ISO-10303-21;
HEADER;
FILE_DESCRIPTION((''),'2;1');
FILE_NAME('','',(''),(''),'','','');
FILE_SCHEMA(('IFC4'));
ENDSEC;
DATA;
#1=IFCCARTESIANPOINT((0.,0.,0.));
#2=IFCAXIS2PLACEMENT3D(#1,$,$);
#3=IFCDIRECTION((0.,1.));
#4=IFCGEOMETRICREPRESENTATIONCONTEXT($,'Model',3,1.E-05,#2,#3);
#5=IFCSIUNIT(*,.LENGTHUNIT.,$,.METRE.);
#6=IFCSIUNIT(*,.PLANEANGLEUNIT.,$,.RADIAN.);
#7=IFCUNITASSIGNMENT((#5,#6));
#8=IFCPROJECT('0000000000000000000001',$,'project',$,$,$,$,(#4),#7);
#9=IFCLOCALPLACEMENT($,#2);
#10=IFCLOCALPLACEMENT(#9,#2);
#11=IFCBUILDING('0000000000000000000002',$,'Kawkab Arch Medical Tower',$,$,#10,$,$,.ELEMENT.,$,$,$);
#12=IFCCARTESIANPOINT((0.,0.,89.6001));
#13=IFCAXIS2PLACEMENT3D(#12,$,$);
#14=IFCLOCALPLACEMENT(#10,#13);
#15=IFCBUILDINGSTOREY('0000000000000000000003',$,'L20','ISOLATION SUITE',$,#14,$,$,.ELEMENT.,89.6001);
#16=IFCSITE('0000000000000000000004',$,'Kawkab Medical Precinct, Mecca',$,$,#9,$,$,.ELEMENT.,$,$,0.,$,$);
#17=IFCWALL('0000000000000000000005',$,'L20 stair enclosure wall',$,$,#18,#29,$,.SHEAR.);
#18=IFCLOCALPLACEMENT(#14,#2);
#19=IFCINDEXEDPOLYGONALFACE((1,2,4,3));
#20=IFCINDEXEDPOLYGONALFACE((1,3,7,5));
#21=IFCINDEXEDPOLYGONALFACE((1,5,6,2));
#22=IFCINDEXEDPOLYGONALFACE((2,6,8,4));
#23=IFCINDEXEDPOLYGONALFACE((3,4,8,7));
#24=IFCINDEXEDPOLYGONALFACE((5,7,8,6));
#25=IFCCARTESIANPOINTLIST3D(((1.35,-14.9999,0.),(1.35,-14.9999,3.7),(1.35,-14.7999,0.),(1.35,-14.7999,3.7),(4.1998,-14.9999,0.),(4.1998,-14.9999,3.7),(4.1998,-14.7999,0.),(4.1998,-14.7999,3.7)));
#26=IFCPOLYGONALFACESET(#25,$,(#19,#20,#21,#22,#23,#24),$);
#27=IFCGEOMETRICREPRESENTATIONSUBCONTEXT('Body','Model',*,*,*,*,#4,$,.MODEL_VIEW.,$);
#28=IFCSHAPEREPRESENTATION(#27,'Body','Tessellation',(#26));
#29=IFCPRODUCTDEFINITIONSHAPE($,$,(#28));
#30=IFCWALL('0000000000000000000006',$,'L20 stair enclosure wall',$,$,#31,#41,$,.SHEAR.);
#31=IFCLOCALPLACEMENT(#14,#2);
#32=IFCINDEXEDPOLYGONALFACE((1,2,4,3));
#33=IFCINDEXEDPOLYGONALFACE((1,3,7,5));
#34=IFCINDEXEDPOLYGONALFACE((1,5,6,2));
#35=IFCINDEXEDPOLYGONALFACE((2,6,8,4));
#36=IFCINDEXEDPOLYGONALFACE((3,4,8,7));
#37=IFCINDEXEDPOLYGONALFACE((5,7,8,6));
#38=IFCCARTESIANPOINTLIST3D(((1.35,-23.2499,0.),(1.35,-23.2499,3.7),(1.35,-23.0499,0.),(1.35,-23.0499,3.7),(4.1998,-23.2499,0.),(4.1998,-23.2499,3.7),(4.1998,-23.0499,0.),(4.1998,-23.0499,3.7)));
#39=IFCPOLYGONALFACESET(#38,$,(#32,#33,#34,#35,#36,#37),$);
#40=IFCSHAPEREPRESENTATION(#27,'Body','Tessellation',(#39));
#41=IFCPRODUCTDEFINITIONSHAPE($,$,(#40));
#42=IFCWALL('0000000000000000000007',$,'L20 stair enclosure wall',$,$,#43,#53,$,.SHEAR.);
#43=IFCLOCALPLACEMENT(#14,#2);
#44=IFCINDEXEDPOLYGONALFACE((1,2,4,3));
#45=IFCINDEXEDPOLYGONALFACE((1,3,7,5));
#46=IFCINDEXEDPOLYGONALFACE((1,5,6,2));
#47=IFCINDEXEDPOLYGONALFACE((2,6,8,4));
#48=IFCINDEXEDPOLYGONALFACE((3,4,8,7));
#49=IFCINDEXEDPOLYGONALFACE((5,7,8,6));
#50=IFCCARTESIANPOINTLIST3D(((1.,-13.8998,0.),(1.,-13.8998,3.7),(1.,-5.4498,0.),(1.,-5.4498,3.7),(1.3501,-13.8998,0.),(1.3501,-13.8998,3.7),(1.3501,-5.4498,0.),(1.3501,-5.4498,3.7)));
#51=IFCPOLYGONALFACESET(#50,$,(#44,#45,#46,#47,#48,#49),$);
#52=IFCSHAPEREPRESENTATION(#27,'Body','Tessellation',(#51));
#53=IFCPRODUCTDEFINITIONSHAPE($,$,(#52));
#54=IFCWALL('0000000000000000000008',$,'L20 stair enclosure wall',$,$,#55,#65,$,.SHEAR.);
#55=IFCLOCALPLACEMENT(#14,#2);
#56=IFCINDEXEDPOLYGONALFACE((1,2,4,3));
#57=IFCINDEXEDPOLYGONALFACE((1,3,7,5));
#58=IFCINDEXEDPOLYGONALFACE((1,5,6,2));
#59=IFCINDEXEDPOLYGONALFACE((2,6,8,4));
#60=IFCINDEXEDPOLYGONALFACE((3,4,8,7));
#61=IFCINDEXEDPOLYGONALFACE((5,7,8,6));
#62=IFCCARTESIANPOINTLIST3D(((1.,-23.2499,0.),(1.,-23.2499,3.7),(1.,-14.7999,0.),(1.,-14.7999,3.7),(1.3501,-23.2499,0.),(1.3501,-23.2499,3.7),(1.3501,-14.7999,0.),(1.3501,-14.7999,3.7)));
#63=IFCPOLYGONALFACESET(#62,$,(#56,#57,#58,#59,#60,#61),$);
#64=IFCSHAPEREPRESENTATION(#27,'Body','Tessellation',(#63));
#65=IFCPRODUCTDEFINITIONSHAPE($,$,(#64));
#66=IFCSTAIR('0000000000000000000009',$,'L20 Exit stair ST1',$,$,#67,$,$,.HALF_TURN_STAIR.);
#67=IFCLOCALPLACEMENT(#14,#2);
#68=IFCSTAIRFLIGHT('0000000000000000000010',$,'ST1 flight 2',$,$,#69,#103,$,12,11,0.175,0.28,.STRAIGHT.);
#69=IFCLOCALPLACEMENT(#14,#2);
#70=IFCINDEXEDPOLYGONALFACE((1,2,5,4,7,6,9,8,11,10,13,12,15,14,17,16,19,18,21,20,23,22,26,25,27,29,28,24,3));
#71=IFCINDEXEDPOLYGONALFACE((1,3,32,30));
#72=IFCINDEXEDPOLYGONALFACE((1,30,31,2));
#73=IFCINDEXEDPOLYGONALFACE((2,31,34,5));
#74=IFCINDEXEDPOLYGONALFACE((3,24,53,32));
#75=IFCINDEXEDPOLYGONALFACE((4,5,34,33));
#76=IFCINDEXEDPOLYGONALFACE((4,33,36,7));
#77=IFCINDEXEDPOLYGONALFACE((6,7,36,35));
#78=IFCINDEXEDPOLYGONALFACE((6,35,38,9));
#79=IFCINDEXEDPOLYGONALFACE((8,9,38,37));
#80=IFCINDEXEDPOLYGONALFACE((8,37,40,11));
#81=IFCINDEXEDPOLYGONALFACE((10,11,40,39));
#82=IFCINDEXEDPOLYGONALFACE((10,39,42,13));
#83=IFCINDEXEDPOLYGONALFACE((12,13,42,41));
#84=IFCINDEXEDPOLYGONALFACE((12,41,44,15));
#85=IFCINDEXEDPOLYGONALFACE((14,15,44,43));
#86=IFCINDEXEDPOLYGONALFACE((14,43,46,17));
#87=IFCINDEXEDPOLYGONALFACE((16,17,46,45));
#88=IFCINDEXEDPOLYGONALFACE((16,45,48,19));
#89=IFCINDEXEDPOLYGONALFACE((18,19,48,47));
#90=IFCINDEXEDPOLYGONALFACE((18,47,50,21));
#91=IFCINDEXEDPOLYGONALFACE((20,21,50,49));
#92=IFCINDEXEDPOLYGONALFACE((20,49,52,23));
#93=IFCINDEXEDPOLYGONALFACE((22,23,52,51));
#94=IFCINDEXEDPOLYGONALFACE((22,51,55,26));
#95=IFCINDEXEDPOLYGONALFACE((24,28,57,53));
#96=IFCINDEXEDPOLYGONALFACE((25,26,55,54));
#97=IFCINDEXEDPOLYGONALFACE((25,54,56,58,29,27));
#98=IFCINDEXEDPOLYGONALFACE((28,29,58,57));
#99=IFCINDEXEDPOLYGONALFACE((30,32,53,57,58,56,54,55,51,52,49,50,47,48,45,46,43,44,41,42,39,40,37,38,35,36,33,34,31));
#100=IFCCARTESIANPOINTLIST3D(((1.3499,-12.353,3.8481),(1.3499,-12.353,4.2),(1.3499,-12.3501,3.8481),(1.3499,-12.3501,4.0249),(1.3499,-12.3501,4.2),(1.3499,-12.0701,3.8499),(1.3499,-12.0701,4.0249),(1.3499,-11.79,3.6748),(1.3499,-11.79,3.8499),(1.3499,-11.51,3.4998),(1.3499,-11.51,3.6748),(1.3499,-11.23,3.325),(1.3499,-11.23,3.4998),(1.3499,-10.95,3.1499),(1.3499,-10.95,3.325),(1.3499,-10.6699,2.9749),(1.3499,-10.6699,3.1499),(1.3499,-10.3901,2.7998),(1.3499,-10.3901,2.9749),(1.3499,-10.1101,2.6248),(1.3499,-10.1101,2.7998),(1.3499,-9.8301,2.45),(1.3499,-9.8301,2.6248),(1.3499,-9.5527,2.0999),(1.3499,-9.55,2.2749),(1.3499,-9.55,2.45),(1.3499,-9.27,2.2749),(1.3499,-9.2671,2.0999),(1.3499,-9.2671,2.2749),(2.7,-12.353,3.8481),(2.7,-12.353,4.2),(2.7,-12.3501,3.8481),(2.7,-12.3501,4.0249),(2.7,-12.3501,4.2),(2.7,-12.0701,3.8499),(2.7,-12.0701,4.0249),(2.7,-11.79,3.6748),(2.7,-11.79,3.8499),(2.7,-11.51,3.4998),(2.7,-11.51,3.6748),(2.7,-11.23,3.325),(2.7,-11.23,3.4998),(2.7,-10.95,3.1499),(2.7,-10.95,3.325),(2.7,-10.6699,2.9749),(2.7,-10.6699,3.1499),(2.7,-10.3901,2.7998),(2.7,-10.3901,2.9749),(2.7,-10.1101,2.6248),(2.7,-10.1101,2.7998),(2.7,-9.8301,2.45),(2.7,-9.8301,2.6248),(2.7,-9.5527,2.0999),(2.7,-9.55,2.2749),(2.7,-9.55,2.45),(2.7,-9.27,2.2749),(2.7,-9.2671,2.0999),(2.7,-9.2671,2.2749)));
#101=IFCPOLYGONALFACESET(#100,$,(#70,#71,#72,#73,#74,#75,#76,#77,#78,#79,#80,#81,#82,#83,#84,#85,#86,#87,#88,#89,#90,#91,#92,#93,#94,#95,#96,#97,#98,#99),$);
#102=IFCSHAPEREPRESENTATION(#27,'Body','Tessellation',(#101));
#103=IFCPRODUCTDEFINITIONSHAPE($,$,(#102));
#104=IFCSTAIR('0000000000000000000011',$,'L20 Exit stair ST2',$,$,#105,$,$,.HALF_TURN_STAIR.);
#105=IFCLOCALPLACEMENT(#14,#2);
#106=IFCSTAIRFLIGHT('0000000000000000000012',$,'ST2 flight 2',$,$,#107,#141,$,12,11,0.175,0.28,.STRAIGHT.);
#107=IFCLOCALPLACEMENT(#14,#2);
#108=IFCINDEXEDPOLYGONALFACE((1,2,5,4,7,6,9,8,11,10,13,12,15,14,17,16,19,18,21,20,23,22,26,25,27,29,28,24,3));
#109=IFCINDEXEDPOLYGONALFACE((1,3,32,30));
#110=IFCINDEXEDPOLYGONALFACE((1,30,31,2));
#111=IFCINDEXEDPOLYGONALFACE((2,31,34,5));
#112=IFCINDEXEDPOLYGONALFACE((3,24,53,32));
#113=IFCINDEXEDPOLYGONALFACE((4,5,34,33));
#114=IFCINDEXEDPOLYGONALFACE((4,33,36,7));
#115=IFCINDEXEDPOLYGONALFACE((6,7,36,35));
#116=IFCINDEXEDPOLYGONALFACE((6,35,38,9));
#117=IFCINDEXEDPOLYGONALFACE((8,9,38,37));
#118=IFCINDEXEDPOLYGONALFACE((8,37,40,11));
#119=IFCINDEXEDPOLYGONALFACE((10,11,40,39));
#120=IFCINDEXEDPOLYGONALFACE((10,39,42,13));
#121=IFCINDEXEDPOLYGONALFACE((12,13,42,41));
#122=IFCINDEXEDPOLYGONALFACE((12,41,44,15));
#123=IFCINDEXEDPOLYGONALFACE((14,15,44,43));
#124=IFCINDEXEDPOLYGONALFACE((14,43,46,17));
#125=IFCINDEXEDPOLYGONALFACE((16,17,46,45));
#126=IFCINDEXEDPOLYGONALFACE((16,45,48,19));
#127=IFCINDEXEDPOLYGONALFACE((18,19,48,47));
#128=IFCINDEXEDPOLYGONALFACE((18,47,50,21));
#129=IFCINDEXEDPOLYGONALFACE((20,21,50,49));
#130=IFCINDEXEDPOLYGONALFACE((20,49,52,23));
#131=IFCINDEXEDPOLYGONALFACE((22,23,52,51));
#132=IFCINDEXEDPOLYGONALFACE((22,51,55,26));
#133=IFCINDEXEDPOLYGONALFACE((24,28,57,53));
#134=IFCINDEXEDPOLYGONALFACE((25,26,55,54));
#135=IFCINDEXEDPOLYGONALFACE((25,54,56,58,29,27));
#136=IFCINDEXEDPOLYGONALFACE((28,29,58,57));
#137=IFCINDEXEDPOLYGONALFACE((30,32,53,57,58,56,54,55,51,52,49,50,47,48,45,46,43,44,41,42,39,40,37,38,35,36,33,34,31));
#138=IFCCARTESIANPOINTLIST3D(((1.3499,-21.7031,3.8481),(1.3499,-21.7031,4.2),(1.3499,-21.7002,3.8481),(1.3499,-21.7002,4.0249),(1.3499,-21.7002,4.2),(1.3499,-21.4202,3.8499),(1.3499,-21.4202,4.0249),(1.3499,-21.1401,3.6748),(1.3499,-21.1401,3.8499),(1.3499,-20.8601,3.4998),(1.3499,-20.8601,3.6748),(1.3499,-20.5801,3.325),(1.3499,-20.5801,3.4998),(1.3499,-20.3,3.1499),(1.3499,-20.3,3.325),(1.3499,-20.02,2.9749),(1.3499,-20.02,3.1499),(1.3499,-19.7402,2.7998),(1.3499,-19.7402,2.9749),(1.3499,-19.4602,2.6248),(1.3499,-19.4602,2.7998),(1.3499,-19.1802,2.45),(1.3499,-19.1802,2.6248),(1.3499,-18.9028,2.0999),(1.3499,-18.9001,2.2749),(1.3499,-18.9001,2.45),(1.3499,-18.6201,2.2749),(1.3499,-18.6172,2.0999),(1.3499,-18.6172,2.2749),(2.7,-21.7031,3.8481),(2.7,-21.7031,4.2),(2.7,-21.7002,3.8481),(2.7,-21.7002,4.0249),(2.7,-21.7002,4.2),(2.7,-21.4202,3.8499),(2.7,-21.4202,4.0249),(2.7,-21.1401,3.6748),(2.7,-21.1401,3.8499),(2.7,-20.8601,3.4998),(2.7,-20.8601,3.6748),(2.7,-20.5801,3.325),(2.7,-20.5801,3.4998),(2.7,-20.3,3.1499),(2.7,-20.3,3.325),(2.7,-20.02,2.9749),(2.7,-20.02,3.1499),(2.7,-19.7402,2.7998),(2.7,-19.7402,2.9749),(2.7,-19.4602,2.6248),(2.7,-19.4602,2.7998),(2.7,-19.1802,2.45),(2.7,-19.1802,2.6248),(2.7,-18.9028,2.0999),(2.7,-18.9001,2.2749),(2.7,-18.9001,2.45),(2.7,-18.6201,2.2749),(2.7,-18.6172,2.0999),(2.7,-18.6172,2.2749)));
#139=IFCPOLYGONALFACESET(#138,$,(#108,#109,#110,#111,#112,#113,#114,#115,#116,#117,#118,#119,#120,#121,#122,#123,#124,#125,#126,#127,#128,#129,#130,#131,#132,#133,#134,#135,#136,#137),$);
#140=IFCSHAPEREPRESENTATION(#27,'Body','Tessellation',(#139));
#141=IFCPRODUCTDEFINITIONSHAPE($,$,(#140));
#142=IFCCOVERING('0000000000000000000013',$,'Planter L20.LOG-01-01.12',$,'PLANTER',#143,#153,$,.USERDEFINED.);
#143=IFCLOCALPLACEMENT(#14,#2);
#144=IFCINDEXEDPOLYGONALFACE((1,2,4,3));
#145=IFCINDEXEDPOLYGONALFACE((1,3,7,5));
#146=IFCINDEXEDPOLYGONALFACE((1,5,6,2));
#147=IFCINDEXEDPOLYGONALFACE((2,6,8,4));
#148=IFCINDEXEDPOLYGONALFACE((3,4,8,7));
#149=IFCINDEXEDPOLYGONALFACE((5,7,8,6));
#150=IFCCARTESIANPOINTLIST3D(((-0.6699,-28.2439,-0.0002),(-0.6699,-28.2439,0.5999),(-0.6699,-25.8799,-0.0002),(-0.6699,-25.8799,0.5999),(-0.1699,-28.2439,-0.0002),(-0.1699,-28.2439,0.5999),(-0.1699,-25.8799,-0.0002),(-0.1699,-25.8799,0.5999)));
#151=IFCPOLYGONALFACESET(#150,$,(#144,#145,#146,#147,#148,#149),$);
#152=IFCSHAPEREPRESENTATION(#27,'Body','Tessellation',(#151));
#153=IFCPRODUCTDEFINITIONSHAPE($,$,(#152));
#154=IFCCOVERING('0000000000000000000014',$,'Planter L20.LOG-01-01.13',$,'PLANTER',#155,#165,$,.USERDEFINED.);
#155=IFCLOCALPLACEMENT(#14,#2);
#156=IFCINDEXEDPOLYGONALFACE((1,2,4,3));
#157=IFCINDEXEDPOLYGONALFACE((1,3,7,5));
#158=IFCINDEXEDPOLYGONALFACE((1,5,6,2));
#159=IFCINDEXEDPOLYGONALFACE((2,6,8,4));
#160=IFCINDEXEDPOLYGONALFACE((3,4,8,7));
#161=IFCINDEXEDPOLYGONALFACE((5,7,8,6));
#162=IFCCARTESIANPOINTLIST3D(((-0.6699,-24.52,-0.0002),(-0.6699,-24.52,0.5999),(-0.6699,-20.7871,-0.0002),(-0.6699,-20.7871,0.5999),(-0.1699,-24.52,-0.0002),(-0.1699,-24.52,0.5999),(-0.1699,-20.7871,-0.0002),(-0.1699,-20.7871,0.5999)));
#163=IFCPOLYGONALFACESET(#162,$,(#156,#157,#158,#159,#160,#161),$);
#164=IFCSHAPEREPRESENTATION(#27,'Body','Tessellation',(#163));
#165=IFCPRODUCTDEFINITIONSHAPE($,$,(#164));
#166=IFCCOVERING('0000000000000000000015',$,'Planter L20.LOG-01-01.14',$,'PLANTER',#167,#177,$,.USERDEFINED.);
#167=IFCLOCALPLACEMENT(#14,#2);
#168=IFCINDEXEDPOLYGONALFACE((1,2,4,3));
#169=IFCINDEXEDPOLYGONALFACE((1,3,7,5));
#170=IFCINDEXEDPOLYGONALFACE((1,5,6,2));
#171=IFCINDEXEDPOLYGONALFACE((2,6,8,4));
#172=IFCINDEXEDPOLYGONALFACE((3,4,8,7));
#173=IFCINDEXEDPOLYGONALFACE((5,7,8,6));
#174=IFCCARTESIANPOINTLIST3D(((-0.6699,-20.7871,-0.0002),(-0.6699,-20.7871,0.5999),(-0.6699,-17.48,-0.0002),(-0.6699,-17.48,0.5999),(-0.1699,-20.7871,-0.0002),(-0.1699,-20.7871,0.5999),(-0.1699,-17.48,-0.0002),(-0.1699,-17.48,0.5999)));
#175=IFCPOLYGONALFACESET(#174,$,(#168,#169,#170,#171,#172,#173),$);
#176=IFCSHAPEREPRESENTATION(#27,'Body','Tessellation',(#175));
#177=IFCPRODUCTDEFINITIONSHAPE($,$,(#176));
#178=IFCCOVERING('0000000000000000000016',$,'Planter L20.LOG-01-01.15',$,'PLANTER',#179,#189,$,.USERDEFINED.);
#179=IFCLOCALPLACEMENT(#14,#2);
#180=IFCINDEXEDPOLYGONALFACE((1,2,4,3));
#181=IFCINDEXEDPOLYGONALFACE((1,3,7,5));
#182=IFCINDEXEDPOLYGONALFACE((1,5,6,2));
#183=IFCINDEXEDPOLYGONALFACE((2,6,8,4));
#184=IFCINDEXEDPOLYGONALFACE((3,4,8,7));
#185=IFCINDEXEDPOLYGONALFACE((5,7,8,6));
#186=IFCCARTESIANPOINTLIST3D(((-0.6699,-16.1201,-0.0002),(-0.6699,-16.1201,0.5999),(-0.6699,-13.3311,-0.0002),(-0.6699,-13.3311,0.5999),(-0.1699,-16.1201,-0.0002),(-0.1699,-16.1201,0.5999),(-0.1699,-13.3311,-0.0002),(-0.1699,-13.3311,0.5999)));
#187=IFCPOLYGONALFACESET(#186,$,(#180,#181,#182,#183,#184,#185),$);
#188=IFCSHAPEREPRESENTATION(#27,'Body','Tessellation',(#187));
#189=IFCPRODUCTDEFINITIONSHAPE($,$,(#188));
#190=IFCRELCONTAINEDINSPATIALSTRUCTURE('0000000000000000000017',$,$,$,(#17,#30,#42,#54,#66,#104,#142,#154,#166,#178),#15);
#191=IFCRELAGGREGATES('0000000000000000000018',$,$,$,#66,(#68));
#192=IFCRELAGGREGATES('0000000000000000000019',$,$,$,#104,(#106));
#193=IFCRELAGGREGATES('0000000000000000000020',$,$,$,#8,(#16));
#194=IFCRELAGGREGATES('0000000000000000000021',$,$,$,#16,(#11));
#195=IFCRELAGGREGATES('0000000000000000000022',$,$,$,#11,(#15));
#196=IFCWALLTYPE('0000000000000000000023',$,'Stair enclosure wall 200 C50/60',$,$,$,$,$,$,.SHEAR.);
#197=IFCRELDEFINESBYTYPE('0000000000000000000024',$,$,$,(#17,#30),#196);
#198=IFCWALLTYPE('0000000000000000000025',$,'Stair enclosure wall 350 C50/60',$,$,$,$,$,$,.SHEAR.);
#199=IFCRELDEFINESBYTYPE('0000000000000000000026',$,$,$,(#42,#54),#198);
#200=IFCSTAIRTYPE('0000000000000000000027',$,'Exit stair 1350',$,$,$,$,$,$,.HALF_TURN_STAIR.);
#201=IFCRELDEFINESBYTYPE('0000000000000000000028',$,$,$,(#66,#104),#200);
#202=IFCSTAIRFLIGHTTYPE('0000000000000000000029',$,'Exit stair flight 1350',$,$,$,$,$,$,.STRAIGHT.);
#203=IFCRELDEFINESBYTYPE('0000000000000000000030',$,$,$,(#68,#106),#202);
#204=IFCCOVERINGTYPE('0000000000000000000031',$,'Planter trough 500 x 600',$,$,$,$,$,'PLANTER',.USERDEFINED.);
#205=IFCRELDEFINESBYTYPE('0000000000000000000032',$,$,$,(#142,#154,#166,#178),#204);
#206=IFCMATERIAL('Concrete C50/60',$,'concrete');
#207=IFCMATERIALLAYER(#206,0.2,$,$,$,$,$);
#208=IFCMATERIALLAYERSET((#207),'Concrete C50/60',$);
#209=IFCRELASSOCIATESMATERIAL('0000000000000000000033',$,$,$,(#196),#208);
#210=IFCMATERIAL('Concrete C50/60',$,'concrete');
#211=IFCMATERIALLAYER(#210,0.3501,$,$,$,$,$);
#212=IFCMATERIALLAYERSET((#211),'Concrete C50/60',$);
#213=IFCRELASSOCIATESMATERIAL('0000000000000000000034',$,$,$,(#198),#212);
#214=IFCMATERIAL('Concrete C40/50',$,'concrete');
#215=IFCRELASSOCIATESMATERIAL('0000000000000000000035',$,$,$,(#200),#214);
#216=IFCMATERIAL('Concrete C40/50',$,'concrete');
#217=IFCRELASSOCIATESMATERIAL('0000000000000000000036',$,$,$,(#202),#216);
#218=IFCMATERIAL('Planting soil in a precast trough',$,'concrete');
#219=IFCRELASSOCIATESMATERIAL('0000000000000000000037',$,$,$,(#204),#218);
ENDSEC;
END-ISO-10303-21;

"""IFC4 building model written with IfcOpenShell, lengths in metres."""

from ifc_helpers import new_model, si_unit, direction, frame, frame_2d, origin, origin_2d, place, context, subcontext, project, spatial, polyline, rectangle, outline, extrude, material, layer, layer_set, material_profile, profile_set, type_object, element, aggregate, save


model = new_model("IFC4")

# Units and contexts
model_context = context("Model", 3, precision=1e-05, world=origin(), true_north=direction((0.0, 1.0)))
body_context = subcontext(model_context, "Body", "Model", "MODEL_VIEW")
ifc_project = project(units=[si_unit("LENGTHUNIT", "METRE"), si_unit("PLANEANGLEUNIT", "RADIAN")], contexts=[model_context])

# Site, building, storey
site_placement = place(None, origin())
site = spatial("IfcSite", under=ifc_project, at=site_placement, Name="Kawkab Medical Precinct, Mecca", CompositionType="ELEMENT", RefElevation=0.0)
building_placement = place(site_placement, origin())
building = spatial("IfcBuilding", under=site, at=building_placement, Name="Kawkab Arch Medical Tower", CompositionType="ELEMENT")
storey_placement = place(building_placement, frame((0.0, 0.0, 89.6001)))
storey = spatial("IfcBuildingStorey", under=building, at=storey_placement, Name="L20", Description="ISOLATION SUITE", CompositionType="ELEMENT", Elevation=89.6001)

# Shared definitions
placement = place(storey_placement, origin())

# Walls
ifc_material_1 = material(Name="Concrete C50/60", Category="concrete")
ifc_layer_1 = layer(ifc_material_1, 0.2)
ifc_layer_set_1 = layer_set([ifc_layer_1], Name="Concrete C50/60")
wall_type_1 = type_object("IfcWallType", Name="Stair enclosure wall 200 C50/60", PredefinedType="SHEAR", material=ifc_layer_set_1)
for number, where, z_axis, x_axis, name in (
    (1, (1.3501, -14.8999, 0.0), (0.0, 0.0, 1.0), (1.0, 0.0, 0.0), "L20 stair enclosure wall"),
    (2, (1.3501, -23.1499, 0.0), (0.0, 0.0, 1.0), (1.0, 0.0, 0.0), "L20 stair enclosure wall"),
):
    element("IfcWall", number, at=place(storey_placement, frame(where, z_axis=z_axis, x_axis=x_axis)), inside=storey, type_object=wall_type_1, Name=name, PredefinedType="SHEAR", context=body_context, shape_type="SweptSolid", body=[
        extrude(rectangle(XDim=2.8499, YDim=0.2, at=frame_2d((1.4248, 0.0))), origin(), (0.0, 0.0, 1.0), 3.7),
    ])
ifc_material_2 = material(Name="Concrete C50/60", Category="concrete")
ifc_layer_2 = layer(ifc_material_2, 0.3501)
ifc_layer_set_2 = layer_set([ifc_layer_2], Name="Concrete C50/60")
wall_type_2 = type_object("IfcWallType", Name="Stair enclosure wall 350 C50/60", PredefinedType="SHEAR", material=ifc_layer_set_2)
for number, where, z_axis, x_axis, name in (
    (3, (1.175, -13.8999, 0.0), (0.0, 0.0, 1.0), (0.0, 1.0, 0.0), "L20 stair enclosure wall"),
    (4, (1.175, -23.25, 0.0), (0.0, 0.0, 1.0), (0.0, 1.0, 0.0), "L20 stair enclosure wall"),
):
    element("IfcWall", number, at=place(storey_placement, frame(where, z_axis=z_axis, x_axis=x_axis)), inside=storey, type_object=wall_type_2, Name=name, PredefinedType="SHEAR", context=body_context, shape_type="SweptSolid", body=[
        extrude(rectangle(XDim=8.45, YDim=0.3501, at=frame_2d((4.2251, 0.0))), origin(), (0.0, 0.0, 1.0), 3.7),
    ])

# Stairs, stair flights
ifc_material_3 = material(Name="Concrete C40/50", Category="concrete")
stair_type = type_object("IfcStairType", Name="Exit stair 1350", PredefinedType="HALF_TURN_STAIR", material=ifc_material_3)
stair_1 = element("IfcStair", 5, at=placement, inside=storey, type_object=stair_type, Name="L20 Exit stair ST1", PredefinedType="HALF_TURN_STAIR")
ifc_material_4 = material(Name="Concrete C40/50", Category="concrete")
stair_flight_type = type_object("IfcStairFlightType", Name="Exit stair flight 1350", PredefinedType="STRAIGHT", material=ifc_material_4)
stair_flight_1_placement = place(storey_placement, frame((2.0249, -9.27, 2.0999), z_axis=(0.0, 0.0, 1.0), x_axis=(0.0, -1.0, 0.0)))
stair_flight_1 = element("IfcStairFlight", 6, at=stair_flight_1_placement, type_object=stair_flight_type, Name="ST1 flight 2", NumberOfRisers=12, NumberOfTreads=11, PredefinedType="STRAIGHT", RiserHeight=0.175, TreadLength=0.28, context=body_context, shape_type="SweptSolid", body=[
    extrude(outline(polyline([(-0.0029, 0.0), (-0.0029, 0.175), (0.0, 0.175), (0.28, 0.175), (0.28, 0.3501), (0.5601, 0.3501), (0.5601, 0.5249), (0.8401, 0.5249), (0.8401, 0.7), (1.1201, 0.7), (1.1201, 0.875), (1.3999, 0.875), (1.3999, 1.05), (1.6799, 1.05), (1.6799, 1.2251), (1.96, 1.2251), (1.96, 1.3999), (2.24, 1.3999), (2.24, 1.575), (2.52, 1.575), (2.52, 1.75), (2.8, 1.75), (2.8, 1.925), (3.0801, 1.925), (3.0801, 2.1001), (3.083, 2.1001), (3.083, 1.7483), (3.0801, 1.7483), (0.2827, 0.0), (-0.0029, 0.0)])), frame((0.0, 0.675, 0.0), z_axis=(0.0, -1.0, 0.0), x_axis=(1.0, 0.0, 0.0)), (0.0, 0.0, 1.0), 1.3501),
])
aggregate(stair_1, [stair_flight_1])
stair_2 = element("IfcStair", 7, at=placement, inside=storey, type_object=stair_type, Name="L20 Exit stair ST2", PredefinedType="HALF_TURN_STAIR")
stair_flight_2_placement = place(storey_placement, frame((2.0249, -18.6201, 2.0999), z_axis=(0.0, 0.0, 1.0), x_axis=(0.0, -1.0, 0.0)))
stair_flight_2 = element("IfcStairFlight", 8, at=stair_flight_2_placement, type_object=stair_flight_type, Name="ST2 flight 2", NumberOfRisers=12, NumberOfTreads=11, PredefinedType="STRAIGHT", RiserHeight=0.175, TreadLength=0.28, context=body_context, shape_type="SweptSolid", body=[
    extrude(outline(polyline([(-0.0029, 0.0), (-0.0029, 0.175), (0.0, 0.175), (0.28, 0.175), (0.28, 0.3501), (0.5601, 0.3501), (0.5601, 0.5249), (0.8401, 0.5249), (0.8401, 0.7), (1.1201, 0.7), (1.1201, 0.875), (1.3999, 0.875), (1.3999, 1.05), (1.6799, 1.05), (1.6799, 1.2251), (1.96, 1.2251), (1.96, 1.3999), (2.24, 1.3999), (2.24, 1.575), (2.52, 1.575), (2.52, 1.75), (2.8, 1.75), (2.8, 1.925), (3.0801, 1.925), (3.0801, 2.1001), (3.083, 2.1001), (3.083, 1.7483), (3.0801, 1.7483), (0.2827, 0.0), (-0.0029, 0.0)])), frame((0.0, 0.675, 0.0), z_axis=(0.0, -1.0, 0.0), x_axis=(1.0, 0.0, 0.0)), (0.0, 0.0, 1.0), 1.3501),
])
aggregate(stair_2, [stair_flight_2])

# Coverings
ifc_material_5 = material(Name="Planting soil in a precast trough", Category="concrete")
ifc_material_profile_1 = material_profile(ifc_material_5, rectangle(XDim=0.5, YDim=0.6001, at=origin_2d()), Name="Trough 500x600")
ifc_profile_set_1 = profile_set([ifc_material_profile_1], Name="Planting soil in a precast trough")
covering_type = type_object("IfcCoveringType", Name="Planter trough 500 x 600", ElementType="PLANTER", PredefinedType="USERDEFINED", material=ifc_profile_set_1)
covering_1_placement = place(storey_placement, frame((-0.4199, -28.2439, 0.2998), z_axis=(0.0, 1.0, 0.0), x_axis=(-1.0, 0.0, 0.0)))
element("IfcCovering", 9, at=covering_1_placement, inside=storey, type_object=covering_type, Name="Planter L20.LOG-01-01.12", ObjectType="PLANTER", PredefinedType="USERDEFINED", context=body_context, shape_type="SweptSolid", body=[
    extrude(rectangle(XDim=0.5, YDim=0.6001, at=origin_2d()), origin(), (0.0, 0.0, 1.0), 2.364),
])
covering_2_placement = place(storey_placement, frame((-0.4199, -24.52, 0.2998), z_axis=(0.0, 1.0, 0.0), x_axis=(-1.0, 0.0, 0.0)))
element("IfcCovering", 10, at=covering_2_placement, inside=storey, type_object=covering_type, Name="Planter L20.LOG-01-01.13", ObjectType="PLANTER", PredefinedType="USERDEFINED", context=body_context, shape_type="SweptSolid", body=[
    extrude(rectangle(XDim=0.5, YDim=0.6001, at=origin_2d()), origin(), (0.0, 0.0, 1.0), 3.7329),
])
covering_3_placement = place(storey_placement, frame((-0.4199, -20.7871, 0.2998), z_axis=(0.0, 1.0, 0.0), x_axis=(-1.0, 0.0, 0.0)))
element("IfcCovering", 11, at=covering_3_placement, inside=storey, type_object=covering_type, Name="Planter L20.LOG-01-01.14", ObjectType="PLANTER", PredefinedType="USERDEFINED", context=body_context, shape_type="SweptSolid", body=[
    extrude(rectangle(XDim=0.5, YDim=0.6001, at=origin_2d()), origin(), (0.0, 0.0, 1.0), 3.3071),
])
covering_4_placement = place(storey_placement, frame((-0.4199, -16.1201, 0.2998), z_axis=(0.0, 1.0, 0.0), x_axis=(-1.0, 0.0, 0.0)))
element("IfcCovering", 12, at=covering_4_placement, inside=storey, type_object=covering_type, Name="Planter L20.LOG-01-01.15", ObjectType="PLANTER", PredefinedType="USERDEFINED", context=body_context, shape_type="SweptSolid", body=[
    extrude(rectangle(XDim=0.5, YDim=0.6001, at=origin_2d()), origin(), (0.0, 0.0, 1.0), 2.7891),
])

save(model, "model.ifc")
